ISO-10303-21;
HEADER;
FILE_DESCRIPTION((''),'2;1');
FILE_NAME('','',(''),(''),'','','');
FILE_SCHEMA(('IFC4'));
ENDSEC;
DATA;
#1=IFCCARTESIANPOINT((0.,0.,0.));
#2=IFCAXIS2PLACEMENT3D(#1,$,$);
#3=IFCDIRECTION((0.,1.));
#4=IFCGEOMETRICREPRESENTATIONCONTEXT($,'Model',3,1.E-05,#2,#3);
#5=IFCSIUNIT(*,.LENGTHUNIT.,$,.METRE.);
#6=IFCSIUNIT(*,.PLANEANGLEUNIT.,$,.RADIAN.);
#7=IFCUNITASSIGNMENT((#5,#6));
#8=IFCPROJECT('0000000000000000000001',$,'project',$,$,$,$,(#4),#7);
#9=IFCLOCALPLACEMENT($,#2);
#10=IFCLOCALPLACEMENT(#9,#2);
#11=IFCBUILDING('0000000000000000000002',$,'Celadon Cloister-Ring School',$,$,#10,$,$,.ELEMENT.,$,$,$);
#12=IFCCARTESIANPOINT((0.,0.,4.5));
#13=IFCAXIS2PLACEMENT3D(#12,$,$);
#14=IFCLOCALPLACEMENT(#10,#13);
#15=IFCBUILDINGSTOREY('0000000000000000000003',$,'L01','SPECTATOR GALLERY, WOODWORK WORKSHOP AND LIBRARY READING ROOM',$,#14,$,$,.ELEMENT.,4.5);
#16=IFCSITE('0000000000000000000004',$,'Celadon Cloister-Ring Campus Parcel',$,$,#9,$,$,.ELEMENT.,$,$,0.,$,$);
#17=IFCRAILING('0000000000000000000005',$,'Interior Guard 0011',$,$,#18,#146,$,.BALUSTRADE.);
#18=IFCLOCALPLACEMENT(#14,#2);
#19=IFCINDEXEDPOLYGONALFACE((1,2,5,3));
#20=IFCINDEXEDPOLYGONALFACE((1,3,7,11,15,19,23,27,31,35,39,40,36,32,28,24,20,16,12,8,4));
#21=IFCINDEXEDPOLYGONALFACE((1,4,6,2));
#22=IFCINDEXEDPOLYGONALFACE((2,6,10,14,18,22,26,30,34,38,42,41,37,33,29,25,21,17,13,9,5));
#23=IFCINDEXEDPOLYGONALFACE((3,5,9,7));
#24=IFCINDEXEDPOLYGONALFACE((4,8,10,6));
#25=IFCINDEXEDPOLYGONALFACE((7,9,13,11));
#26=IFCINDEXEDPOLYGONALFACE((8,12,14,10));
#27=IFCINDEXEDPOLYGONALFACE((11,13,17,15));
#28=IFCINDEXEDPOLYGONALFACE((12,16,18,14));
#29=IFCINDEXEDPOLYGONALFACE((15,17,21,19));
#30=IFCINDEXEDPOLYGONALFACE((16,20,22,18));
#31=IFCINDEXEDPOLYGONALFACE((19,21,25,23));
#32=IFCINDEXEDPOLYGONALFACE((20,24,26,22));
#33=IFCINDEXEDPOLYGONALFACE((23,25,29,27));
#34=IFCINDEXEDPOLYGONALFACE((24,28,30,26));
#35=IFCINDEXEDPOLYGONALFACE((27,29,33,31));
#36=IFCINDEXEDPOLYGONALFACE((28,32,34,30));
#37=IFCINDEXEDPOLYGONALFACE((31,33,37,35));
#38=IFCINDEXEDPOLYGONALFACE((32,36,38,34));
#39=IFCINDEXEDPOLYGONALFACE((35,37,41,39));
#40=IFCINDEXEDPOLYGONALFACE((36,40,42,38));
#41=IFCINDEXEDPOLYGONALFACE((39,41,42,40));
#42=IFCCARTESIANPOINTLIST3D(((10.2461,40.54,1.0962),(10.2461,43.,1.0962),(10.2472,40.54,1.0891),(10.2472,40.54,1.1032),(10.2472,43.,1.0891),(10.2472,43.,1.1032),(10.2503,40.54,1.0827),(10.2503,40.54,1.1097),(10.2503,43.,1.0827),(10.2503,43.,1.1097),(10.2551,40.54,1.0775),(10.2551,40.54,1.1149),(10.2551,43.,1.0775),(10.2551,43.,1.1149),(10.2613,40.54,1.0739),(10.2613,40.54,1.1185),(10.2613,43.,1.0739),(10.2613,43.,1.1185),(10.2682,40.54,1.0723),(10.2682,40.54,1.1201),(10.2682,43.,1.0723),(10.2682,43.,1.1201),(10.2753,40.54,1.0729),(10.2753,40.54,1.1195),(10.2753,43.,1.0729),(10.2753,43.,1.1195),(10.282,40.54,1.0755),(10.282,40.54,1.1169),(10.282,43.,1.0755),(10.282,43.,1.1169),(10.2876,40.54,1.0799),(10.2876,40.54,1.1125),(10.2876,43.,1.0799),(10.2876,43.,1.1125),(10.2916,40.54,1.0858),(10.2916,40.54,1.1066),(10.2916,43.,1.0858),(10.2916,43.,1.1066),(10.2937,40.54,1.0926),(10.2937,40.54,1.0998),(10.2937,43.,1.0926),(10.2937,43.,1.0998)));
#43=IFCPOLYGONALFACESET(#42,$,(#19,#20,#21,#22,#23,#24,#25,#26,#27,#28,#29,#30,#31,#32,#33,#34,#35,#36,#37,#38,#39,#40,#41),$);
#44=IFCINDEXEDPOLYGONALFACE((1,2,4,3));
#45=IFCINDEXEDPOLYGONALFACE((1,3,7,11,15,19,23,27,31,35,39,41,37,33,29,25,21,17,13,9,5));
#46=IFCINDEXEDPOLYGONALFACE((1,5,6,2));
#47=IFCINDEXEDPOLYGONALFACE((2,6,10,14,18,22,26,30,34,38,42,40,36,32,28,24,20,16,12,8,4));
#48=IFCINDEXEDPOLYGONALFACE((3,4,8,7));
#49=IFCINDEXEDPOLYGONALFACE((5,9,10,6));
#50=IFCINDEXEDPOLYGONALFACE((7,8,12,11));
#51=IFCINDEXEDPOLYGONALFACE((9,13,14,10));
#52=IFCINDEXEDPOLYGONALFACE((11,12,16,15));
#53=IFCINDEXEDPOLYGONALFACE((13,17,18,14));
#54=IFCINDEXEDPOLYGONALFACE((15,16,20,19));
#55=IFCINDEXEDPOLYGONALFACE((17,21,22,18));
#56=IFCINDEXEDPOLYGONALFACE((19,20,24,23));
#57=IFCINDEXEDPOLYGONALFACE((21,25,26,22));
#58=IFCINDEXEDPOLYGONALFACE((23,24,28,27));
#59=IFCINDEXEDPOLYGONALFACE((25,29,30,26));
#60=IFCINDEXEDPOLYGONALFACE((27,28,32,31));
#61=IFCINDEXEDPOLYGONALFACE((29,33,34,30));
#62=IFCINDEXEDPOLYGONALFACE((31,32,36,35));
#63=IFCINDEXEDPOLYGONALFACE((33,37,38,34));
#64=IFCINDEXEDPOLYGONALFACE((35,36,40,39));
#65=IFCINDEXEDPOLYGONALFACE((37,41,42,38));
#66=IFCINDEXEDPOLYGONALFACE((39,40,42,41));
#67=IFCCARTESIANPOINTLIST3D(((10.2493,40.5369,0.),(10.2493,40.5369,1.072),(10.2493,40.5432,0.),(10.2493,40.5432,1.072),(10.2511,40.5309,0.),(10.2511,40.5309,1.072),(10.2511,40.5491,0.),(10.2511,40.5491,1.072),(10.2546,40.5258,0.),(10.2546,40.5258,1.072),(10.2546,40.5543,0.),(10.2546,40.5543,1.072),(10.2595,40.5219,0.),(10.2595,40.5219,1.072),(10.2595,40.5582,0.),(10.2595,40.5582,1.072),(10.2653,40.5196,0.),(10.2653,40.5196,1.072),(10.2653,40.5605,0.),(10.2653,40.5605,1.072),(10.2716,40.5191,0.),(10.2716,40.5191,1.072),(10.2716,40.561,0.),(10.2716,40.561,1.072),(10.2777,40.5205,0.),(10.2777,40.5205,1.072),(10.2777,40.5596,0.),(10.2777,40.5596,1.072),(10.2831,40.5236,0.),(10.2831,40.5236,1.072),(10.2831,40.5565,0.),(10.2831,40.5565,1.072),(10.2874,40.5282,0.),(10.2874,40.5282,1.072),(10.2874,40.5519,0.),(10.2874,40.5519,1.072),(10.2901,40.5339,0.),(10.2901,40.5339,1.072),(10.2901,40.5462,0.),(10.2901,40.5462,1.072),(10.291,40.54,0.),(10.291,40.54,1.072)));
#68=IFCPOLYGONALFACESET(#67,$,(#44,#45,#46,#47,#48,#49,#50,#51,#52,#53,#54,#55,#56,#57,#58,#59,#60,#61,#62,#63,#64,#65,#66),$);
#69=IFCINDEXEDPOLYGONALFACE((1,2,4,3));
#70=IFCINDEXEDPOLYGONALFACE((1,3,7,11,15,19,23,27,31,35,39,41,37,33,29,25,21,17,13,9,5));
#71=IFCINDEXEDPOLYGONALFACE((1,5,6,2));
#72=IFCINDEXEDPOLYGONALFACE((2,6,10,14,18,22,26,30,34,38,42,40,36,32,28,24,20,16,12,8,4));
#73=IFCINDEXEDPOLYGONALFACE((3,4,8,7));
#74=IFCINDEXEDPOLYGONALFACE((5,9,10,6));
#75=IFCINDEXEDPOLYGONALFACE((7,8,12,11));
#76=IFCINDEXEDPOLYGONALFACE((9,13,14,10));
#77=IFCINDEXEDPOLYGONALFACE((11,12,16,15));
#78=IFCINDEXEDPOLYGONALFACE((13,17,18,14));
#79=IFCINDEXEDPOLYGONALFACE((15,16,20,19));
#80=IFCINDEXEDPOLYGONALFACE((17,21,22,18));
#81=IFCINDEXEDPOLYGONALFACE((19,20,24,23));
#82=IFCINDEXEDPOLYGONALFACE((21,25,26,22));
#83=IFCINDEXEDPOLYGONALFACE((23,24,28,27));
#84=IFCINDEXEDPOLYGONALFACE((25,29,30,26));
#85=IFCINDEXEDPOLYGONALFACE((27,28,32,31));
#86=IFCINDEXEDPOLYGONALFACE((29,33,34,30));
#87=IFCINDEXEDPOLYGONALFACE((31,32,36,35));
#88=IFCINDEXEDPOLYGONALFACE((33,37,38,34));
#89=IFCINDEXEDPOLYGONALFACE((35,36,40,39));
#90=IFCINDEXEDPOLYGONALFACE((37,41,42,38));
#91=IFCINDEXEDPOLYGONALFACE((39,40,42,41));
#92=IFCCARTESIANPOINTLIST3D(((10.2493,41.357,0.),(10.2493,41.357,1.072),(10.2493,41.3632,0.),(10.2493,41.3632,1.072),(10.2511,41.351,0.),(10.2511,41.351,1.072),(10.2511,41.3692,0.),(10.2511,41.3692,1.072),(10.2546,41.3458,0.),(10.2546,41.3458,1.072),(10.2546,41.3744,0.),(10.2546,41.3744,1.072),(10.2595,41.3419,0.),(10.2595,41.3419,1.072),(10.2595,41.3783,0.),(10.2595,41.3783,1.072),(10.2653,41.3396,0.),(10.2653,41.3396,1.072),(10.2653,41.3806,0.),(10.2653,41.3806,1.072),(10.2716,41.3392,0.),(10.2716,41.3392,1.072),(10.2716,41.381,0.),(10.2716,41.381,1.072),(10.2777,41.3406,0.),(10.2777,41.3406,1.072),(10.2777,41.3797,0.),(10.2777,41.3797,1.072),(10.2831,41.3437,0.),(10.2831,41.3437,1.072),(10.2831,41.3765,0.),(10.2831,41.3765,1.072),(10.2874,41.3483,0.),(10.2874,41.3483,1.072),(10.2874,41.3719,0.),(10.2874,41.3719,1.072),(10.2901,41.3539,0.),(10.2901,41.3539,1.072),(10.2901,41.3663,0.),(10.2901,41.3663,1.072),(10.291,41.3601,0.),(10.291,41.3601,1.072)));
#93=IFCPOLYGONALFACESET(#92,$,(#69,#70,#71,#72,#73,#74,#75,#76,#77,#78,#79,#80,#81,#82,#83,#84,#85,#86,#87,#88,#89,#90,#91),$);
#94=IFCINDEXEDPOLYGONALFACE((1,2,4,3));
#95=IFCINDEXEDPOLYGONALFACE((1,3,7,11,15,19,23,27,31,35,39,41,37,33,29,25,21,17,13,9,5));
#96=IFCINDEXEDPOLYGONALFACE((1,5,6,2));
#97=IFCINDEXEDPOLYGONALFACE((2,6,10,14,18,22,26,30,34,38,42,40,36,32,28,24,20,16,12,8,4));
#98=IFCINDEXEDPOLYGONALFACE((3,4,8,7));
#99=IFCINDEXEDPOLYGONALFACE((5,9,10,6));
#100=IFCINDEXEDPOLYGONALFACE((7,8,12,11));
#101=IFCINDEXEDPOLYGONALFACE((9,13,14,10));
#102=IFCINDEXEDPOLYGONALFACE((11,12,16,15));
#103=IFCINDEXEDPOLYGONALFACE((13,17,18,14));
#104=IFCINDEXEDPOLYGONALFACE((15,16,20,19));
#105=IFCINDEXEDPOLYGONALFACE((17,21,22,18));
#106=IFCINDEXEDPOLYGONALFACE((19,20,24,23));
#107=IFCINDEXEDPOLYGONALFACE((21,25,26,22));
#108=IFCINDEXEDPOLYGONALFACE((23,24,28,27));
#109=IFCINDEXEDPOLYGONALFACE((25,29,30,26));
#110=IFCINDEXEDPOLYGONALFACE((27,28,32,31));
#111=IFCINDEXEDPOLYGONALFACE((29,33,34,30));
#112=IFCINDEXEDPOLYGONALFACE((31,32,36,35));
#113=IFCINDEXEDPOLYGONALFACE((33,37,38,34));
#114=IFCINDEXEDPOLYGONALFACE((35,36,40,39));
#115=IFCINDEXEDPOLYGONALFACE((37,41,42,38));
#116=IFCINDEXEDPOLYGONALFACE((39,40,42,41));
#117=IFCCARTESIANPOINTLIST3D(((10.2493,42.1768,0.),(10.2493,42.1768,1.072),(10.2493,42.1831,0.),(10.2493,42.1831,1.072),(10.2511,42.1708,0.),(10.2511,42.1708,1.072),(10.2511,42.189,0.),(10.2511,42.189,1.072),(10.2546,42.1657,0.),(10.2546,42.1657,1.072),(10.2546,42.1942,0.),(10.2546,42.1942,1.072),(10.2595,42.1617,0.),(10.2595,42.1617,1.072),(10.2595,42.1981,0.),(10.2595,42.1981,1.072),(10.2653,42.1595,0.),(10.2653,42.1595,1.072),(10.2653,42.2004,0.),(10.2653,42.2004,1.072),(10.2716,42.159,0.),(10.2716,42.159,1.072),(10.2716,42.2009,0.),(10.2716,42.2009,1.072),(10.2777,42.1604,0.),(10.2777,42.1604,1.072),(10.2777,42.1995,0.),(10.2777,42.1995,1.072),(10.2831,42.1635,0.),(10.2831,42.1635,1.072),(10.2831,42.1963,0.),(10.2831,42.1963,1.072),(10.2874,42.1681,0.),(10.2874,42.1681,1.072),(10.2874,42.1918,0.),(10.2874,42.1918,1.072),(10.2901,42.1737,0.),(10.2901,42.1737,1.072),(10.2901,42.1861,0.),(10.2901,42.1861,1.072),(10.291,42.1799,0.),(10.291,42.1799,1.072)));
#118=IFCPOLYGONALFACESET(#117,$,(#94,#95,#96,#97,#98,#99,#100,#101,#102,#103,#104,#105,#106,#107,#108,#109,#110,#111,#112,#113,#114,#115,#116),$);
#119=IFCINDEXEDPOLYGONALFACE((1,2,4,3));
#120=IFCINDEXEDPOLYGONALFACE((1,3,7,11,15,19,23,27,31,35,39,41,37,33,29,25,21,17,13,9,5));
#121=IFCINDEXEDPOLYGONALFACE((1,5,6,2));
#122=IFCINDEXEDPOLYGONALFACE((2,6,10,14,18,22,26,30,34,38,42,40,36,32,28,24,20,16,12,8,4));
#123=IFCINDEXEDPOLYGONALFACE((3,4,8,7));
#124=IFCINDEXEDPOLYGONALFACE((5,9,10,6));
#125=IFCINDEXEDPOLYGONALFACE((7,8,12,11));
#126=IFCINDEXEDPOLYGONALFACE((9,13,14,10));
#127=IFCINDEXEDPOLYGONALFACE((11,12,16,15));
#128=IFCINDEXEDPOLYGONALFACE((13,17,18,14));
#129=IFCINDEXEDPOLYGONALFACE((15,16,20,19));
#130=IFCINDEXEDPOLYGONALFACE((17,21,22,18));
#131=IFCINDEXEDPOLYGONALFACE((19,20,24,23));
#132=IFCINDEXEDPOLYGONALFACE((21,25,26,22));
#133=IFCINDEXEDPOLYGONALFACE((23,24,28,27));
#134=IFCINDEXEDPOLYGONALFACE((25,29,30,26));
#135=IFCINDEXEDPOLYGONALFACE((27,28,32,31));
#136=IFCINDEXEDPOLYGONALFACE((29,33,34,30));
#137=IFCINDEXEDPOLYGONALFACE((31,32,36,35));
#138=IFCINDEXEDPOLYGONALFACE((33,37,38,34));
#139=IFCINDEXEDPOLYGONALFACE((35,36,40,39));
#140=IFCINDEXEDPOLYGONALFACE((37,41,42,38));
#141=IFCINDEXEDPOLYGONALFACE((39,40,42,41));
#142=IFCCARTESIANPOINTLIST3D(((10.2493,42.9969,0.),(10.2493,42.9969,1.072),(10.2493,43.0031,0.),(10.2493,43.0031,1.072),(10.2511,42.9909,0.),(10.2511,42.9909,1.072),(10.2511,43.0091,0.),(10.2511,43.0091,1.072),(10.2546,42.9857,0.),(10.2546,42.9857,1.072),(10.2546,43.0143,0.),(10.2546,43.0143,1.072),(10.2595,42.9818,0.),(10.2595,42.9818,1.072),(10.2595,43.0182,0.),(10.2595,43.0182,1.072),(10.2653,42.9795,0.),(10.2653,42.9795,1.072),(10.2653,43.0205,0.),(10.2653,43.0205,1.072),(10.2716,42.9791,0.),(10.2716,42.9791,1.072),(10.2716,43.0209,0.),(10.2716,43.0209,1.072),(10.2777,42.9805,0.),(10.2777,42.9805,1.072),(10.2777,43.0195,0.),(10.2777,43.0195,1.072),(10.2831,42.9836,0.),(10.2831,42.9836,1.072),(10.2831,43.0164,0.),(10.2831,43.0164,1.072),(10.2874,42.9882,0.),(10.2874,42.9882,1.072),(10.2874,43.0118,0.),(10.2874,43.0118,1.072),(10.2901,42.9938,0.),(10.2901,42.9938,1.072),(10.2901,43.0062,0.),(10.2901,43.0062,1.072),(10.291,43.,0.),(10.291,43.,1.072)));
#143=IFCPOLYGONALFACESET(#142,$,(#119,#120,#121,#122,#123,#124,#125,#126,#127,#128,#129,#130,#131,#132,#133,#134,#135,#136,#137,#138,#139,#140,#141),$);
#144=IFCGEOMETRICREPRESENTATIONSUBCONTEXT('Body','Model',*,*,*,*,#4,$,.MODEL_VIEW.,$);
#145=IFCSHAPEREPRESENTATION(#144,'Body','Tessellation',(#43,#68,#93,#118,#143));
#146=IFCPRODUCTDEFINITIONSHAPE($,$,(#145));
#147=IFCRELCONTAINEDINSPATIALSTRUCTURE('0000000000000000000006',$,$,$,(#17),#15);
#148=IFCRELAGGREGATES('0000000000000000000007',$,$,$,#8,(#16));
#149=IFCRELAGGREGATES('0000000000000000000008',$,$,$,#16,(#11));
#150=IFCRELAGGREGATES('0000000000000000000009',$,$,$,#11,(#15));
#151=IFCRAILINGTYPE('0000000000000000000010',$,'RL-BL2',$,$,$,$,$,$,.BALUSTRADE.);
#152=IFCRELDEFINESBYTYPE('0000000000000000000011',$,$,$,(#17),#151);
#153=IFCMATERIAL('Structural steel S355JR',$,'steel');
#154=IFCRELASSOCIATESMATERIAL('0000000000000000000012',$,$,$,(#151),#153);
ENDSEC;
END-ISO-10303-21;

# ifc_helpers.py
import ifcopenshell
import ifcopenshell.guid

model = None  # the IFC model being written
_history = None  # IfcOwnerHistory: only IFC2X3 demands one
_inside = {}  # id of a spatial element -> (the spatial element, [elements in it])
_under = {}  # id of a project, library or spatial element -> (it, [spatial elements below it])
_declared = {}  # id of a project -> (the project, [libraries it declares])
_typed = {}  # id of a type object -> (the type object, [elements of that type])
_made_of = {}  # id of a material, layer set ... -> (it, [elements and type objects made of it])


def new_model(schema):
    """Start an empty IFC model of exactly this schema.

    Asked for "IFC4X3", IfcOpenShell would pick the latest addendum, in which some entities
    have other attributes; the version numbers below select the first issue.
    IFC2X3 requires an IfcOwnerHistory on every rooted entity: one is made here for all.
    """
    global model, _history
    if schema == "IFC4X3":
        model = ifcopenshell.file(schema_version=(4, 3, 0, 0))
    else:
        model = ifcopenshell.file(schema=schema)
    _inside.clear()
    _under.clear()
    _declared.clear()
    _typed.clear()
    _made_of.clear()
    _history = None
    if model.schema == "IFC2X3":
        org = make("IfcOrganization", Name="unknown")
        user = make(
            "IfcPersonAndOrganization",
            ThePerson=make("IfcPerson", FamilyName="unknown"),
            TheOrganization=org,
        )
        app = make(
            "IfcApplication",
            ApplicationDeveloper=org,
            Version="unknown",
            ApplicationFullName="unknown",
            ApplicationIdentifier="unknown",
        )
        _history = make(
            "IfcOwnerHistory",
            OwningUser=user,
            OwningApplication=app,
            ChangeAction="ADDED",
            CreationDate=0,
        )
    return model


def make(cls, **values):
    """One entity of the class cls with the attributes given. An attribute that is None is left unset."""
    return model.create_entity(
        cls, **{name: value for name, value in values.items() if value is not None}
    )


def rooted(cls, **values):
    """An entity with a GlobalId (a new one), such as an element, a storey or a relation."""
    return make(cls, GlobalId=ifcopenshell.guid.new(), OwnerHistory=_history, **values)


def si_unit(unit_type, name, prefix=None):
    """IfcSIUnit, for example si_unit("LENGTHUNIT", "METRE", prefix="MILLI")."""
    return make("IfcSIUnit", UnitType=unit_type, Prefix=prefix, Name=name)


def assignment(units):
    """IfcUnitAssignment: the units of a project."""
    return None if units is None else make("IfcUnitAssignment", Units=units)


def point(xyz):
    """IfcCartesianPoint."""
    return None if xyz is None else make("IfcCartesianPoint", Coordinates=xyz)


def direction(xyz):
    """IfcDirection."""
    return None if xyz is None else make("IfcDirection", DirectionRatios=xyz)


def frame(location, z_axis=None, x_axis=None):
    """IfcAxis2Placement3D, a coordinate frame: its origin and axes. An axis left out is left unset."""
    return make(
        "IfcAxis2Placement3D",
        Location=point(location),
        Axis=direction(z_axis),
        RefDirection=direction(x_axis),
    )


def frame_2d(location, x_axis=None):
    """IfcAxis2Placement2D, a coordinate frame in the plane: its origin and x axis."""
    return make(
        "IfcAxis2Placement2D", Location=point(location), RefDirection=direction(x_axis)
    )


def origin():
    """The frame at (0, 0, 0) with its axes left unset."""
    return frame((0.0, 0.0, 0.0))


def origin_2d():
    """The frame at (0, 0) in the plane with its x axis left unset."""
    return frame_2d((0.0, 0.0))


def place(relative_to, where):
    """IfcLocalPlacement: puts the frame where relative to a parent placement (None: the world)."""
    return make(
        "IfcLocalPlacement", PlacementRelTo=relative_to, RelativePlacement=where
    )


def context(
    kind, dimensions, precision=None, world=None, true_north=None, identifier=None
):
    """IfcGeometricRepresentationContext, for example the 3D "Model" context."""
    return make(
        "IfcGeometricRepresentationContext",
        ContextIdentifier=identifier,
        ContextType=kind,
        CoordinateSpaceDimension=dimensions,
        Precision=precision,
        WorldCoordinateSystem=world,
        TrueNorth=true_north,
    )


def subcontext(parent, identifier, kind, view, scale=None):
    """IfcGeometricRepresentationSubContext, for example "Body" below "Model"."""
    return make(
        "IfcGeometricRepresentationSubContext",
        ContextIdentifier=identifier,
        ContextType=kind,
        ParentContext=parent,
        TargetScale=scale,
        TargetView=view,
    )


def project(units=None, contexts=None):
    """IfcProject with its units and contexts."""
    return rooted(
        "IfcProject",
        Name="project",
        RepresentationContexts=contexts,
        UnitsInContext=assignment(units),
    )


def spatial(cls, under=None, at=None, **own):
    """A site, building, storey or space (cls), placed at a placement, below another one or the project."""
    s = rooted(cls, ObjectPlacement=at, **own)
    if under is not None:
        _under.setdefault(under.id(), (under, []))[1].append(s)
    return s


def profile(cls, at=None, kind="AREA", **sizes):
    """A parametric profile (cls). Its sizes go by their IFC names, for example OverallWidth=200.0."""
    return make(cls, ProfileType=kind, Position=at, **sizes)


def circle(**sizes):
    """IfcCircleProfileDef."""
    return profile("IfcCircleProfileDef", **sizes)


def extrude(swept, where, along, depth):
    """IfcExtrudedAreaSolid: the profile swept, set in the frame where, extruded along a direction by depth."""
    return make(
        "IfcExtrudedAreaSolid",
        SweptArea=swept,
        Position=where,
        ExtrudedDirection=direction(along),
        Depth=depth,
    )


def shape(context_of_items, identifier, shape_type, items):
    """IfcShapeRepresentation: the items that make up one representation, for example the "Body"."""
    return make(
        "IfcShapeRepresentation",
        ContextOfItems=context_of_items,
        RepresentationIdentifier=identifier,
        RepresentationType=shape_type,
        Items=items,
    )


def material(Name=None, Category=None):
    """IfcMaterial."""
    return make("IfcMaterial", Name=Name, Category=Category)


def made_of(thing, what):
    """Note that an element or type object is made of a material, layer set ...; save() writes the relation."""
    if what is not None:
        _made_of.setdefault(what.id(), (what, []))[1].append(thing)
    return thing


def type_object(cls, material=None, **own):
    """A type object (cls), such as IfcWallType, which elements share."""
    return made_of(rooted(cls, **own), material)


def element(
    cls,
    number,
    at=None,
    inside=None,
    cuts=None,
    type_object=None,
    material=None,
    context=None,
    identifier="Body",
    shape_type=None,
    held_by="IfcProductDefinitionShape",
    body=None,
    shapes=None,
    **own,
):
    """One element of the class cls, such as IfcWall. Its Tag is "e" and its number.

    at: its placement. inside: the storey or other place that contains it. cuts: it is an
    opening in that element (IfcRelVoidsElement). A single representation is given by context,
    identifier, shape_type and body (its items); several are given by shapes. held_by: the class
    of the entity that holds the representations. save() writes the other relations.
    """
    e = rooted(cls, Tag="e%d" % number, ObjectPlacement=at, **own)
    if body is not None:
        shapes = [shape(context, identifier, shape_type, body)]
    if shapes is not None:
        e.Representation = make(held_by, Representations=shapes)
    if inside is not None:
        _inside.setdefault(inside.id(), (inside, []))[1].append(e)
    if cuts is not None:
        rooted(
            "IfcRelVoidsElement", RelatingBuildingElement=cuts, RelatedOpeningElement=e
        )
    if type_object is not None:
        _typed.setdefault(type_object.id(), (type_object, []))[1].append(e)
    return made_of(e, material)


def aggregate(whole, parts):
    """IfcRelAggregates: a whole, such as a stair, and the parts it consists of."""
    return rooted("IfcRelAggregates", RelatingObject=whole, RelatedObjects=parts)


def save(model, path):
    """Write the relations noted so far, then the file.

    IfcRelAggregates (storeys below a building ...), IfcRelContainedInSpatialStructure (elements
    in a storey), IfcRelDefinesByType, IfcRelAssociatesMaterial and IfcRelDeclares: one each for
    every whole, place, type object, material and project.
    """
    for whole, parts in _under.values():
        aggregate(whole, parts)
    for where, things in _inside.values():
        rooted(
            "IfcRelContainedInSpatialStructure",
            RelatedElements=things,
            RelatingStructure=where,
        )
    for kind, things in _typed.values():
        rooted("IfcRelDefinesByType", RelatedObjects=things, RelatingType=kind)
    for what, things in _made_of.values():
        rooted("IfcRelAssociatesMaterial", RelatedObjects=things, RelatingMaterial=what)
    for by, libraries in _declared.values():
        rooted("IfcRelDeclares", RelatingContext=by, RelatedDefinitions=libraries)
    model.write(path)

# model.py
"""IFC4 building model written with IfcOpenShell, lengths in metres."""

from ifc_helpers import new_model, si_unit, direction, frame, origin, origin_2d, place, context, subcontext, project, spatial, circle, extrude, material, type_object, element, save


model = new_model("IFC4")

# Units and contexts
model_context = context("Model", 3, precision=1e-05, world=origin(), true_north=direction((0.0, 1.0)))
body_context = subcontext(model_context, "Body", "Model", "MODEL_VIEW")
ifc_project = project(units=[si_unit("LENGTHUNIT", "METRE"), si_unit("PLANEANGLEUNIT", "RADIAN")], contexts=[model_context])

# Site, building, storey
site_placement = place(None, origin())
site = spatial("IfcSite", under=ifc_project, at=site_placement, Name="Celadon Cloister-Ring Campus Parcel", CompositionType="ELEMENT", RefElevation=0.0)
building_placement = place(site_placement, origin())
building = spatial("IfcBuilding", under=site, at=building_placement, Name="Celadon Cloister-Ring School", CompositionType="ELEMENT")
storey_placement = place(building_placement, frame((0.0, 0.0, 4.5)))
storey = spatial("IfcBuildingStorey", under=building, at=storey_placement, Name="L01", Description="SPECTATOR GALLERY, WOODWORK WORKSHOP AND LIBRARY READING ROOM", CompositionType="ELEMENT", Elevation=4.5)

# Railing
ifc_material_1 = material(Name="Structural steel S355JR", Category="steel")
railing_type_1 = type_object("IfcRailingType", Name="RL-BL2", PredefinedType="BALUSTRADE", material=ifc_material_1)
railing_1_placement = place(storey_placement, frame((10.27, 40.54, 0.0)))
element("IfcRailing", 1, at=railing_1_placement, inside=storey, type_object=railing_type_1, Name="Interior Guard 0011", PredefinedType="BALUSTRADE", context=body_context, shape_type="SweptSolid", body=[
    extrude(circle(Radius=0.0239, at=origin_2d()), frame((0.0, 0.0, 1.0962), z_axis=(0.0, 1.0, 0.0), x_axis=(-1.0, 0.0, 0.0)), (0.0, 0.0, 1.0), 2.46),
    extrude(circle(Radius=0.021, at=origin_2d()), origin(), (0.0, 0.0, 1.0), 1.072),
    extrude(circle(Radius=0.021, at=origin_2d()), frame((0.0, 0.8201, 0.0)), (0.0, 0.0, 1.0), 1.072),
    extrude(circle(Radius=0.021, at=origin_2d()), frame((0.0, 1.6399, 0.0)), (0.0, 0.0, 1.0), 1.072),
    extrude(circle(Radius=0.021, at=origin_2d()), frame((0.0, 2.46, 0.0)), (0.0, 0.0, 1.0), 1.072),
])

save(model, "model.ifc")
